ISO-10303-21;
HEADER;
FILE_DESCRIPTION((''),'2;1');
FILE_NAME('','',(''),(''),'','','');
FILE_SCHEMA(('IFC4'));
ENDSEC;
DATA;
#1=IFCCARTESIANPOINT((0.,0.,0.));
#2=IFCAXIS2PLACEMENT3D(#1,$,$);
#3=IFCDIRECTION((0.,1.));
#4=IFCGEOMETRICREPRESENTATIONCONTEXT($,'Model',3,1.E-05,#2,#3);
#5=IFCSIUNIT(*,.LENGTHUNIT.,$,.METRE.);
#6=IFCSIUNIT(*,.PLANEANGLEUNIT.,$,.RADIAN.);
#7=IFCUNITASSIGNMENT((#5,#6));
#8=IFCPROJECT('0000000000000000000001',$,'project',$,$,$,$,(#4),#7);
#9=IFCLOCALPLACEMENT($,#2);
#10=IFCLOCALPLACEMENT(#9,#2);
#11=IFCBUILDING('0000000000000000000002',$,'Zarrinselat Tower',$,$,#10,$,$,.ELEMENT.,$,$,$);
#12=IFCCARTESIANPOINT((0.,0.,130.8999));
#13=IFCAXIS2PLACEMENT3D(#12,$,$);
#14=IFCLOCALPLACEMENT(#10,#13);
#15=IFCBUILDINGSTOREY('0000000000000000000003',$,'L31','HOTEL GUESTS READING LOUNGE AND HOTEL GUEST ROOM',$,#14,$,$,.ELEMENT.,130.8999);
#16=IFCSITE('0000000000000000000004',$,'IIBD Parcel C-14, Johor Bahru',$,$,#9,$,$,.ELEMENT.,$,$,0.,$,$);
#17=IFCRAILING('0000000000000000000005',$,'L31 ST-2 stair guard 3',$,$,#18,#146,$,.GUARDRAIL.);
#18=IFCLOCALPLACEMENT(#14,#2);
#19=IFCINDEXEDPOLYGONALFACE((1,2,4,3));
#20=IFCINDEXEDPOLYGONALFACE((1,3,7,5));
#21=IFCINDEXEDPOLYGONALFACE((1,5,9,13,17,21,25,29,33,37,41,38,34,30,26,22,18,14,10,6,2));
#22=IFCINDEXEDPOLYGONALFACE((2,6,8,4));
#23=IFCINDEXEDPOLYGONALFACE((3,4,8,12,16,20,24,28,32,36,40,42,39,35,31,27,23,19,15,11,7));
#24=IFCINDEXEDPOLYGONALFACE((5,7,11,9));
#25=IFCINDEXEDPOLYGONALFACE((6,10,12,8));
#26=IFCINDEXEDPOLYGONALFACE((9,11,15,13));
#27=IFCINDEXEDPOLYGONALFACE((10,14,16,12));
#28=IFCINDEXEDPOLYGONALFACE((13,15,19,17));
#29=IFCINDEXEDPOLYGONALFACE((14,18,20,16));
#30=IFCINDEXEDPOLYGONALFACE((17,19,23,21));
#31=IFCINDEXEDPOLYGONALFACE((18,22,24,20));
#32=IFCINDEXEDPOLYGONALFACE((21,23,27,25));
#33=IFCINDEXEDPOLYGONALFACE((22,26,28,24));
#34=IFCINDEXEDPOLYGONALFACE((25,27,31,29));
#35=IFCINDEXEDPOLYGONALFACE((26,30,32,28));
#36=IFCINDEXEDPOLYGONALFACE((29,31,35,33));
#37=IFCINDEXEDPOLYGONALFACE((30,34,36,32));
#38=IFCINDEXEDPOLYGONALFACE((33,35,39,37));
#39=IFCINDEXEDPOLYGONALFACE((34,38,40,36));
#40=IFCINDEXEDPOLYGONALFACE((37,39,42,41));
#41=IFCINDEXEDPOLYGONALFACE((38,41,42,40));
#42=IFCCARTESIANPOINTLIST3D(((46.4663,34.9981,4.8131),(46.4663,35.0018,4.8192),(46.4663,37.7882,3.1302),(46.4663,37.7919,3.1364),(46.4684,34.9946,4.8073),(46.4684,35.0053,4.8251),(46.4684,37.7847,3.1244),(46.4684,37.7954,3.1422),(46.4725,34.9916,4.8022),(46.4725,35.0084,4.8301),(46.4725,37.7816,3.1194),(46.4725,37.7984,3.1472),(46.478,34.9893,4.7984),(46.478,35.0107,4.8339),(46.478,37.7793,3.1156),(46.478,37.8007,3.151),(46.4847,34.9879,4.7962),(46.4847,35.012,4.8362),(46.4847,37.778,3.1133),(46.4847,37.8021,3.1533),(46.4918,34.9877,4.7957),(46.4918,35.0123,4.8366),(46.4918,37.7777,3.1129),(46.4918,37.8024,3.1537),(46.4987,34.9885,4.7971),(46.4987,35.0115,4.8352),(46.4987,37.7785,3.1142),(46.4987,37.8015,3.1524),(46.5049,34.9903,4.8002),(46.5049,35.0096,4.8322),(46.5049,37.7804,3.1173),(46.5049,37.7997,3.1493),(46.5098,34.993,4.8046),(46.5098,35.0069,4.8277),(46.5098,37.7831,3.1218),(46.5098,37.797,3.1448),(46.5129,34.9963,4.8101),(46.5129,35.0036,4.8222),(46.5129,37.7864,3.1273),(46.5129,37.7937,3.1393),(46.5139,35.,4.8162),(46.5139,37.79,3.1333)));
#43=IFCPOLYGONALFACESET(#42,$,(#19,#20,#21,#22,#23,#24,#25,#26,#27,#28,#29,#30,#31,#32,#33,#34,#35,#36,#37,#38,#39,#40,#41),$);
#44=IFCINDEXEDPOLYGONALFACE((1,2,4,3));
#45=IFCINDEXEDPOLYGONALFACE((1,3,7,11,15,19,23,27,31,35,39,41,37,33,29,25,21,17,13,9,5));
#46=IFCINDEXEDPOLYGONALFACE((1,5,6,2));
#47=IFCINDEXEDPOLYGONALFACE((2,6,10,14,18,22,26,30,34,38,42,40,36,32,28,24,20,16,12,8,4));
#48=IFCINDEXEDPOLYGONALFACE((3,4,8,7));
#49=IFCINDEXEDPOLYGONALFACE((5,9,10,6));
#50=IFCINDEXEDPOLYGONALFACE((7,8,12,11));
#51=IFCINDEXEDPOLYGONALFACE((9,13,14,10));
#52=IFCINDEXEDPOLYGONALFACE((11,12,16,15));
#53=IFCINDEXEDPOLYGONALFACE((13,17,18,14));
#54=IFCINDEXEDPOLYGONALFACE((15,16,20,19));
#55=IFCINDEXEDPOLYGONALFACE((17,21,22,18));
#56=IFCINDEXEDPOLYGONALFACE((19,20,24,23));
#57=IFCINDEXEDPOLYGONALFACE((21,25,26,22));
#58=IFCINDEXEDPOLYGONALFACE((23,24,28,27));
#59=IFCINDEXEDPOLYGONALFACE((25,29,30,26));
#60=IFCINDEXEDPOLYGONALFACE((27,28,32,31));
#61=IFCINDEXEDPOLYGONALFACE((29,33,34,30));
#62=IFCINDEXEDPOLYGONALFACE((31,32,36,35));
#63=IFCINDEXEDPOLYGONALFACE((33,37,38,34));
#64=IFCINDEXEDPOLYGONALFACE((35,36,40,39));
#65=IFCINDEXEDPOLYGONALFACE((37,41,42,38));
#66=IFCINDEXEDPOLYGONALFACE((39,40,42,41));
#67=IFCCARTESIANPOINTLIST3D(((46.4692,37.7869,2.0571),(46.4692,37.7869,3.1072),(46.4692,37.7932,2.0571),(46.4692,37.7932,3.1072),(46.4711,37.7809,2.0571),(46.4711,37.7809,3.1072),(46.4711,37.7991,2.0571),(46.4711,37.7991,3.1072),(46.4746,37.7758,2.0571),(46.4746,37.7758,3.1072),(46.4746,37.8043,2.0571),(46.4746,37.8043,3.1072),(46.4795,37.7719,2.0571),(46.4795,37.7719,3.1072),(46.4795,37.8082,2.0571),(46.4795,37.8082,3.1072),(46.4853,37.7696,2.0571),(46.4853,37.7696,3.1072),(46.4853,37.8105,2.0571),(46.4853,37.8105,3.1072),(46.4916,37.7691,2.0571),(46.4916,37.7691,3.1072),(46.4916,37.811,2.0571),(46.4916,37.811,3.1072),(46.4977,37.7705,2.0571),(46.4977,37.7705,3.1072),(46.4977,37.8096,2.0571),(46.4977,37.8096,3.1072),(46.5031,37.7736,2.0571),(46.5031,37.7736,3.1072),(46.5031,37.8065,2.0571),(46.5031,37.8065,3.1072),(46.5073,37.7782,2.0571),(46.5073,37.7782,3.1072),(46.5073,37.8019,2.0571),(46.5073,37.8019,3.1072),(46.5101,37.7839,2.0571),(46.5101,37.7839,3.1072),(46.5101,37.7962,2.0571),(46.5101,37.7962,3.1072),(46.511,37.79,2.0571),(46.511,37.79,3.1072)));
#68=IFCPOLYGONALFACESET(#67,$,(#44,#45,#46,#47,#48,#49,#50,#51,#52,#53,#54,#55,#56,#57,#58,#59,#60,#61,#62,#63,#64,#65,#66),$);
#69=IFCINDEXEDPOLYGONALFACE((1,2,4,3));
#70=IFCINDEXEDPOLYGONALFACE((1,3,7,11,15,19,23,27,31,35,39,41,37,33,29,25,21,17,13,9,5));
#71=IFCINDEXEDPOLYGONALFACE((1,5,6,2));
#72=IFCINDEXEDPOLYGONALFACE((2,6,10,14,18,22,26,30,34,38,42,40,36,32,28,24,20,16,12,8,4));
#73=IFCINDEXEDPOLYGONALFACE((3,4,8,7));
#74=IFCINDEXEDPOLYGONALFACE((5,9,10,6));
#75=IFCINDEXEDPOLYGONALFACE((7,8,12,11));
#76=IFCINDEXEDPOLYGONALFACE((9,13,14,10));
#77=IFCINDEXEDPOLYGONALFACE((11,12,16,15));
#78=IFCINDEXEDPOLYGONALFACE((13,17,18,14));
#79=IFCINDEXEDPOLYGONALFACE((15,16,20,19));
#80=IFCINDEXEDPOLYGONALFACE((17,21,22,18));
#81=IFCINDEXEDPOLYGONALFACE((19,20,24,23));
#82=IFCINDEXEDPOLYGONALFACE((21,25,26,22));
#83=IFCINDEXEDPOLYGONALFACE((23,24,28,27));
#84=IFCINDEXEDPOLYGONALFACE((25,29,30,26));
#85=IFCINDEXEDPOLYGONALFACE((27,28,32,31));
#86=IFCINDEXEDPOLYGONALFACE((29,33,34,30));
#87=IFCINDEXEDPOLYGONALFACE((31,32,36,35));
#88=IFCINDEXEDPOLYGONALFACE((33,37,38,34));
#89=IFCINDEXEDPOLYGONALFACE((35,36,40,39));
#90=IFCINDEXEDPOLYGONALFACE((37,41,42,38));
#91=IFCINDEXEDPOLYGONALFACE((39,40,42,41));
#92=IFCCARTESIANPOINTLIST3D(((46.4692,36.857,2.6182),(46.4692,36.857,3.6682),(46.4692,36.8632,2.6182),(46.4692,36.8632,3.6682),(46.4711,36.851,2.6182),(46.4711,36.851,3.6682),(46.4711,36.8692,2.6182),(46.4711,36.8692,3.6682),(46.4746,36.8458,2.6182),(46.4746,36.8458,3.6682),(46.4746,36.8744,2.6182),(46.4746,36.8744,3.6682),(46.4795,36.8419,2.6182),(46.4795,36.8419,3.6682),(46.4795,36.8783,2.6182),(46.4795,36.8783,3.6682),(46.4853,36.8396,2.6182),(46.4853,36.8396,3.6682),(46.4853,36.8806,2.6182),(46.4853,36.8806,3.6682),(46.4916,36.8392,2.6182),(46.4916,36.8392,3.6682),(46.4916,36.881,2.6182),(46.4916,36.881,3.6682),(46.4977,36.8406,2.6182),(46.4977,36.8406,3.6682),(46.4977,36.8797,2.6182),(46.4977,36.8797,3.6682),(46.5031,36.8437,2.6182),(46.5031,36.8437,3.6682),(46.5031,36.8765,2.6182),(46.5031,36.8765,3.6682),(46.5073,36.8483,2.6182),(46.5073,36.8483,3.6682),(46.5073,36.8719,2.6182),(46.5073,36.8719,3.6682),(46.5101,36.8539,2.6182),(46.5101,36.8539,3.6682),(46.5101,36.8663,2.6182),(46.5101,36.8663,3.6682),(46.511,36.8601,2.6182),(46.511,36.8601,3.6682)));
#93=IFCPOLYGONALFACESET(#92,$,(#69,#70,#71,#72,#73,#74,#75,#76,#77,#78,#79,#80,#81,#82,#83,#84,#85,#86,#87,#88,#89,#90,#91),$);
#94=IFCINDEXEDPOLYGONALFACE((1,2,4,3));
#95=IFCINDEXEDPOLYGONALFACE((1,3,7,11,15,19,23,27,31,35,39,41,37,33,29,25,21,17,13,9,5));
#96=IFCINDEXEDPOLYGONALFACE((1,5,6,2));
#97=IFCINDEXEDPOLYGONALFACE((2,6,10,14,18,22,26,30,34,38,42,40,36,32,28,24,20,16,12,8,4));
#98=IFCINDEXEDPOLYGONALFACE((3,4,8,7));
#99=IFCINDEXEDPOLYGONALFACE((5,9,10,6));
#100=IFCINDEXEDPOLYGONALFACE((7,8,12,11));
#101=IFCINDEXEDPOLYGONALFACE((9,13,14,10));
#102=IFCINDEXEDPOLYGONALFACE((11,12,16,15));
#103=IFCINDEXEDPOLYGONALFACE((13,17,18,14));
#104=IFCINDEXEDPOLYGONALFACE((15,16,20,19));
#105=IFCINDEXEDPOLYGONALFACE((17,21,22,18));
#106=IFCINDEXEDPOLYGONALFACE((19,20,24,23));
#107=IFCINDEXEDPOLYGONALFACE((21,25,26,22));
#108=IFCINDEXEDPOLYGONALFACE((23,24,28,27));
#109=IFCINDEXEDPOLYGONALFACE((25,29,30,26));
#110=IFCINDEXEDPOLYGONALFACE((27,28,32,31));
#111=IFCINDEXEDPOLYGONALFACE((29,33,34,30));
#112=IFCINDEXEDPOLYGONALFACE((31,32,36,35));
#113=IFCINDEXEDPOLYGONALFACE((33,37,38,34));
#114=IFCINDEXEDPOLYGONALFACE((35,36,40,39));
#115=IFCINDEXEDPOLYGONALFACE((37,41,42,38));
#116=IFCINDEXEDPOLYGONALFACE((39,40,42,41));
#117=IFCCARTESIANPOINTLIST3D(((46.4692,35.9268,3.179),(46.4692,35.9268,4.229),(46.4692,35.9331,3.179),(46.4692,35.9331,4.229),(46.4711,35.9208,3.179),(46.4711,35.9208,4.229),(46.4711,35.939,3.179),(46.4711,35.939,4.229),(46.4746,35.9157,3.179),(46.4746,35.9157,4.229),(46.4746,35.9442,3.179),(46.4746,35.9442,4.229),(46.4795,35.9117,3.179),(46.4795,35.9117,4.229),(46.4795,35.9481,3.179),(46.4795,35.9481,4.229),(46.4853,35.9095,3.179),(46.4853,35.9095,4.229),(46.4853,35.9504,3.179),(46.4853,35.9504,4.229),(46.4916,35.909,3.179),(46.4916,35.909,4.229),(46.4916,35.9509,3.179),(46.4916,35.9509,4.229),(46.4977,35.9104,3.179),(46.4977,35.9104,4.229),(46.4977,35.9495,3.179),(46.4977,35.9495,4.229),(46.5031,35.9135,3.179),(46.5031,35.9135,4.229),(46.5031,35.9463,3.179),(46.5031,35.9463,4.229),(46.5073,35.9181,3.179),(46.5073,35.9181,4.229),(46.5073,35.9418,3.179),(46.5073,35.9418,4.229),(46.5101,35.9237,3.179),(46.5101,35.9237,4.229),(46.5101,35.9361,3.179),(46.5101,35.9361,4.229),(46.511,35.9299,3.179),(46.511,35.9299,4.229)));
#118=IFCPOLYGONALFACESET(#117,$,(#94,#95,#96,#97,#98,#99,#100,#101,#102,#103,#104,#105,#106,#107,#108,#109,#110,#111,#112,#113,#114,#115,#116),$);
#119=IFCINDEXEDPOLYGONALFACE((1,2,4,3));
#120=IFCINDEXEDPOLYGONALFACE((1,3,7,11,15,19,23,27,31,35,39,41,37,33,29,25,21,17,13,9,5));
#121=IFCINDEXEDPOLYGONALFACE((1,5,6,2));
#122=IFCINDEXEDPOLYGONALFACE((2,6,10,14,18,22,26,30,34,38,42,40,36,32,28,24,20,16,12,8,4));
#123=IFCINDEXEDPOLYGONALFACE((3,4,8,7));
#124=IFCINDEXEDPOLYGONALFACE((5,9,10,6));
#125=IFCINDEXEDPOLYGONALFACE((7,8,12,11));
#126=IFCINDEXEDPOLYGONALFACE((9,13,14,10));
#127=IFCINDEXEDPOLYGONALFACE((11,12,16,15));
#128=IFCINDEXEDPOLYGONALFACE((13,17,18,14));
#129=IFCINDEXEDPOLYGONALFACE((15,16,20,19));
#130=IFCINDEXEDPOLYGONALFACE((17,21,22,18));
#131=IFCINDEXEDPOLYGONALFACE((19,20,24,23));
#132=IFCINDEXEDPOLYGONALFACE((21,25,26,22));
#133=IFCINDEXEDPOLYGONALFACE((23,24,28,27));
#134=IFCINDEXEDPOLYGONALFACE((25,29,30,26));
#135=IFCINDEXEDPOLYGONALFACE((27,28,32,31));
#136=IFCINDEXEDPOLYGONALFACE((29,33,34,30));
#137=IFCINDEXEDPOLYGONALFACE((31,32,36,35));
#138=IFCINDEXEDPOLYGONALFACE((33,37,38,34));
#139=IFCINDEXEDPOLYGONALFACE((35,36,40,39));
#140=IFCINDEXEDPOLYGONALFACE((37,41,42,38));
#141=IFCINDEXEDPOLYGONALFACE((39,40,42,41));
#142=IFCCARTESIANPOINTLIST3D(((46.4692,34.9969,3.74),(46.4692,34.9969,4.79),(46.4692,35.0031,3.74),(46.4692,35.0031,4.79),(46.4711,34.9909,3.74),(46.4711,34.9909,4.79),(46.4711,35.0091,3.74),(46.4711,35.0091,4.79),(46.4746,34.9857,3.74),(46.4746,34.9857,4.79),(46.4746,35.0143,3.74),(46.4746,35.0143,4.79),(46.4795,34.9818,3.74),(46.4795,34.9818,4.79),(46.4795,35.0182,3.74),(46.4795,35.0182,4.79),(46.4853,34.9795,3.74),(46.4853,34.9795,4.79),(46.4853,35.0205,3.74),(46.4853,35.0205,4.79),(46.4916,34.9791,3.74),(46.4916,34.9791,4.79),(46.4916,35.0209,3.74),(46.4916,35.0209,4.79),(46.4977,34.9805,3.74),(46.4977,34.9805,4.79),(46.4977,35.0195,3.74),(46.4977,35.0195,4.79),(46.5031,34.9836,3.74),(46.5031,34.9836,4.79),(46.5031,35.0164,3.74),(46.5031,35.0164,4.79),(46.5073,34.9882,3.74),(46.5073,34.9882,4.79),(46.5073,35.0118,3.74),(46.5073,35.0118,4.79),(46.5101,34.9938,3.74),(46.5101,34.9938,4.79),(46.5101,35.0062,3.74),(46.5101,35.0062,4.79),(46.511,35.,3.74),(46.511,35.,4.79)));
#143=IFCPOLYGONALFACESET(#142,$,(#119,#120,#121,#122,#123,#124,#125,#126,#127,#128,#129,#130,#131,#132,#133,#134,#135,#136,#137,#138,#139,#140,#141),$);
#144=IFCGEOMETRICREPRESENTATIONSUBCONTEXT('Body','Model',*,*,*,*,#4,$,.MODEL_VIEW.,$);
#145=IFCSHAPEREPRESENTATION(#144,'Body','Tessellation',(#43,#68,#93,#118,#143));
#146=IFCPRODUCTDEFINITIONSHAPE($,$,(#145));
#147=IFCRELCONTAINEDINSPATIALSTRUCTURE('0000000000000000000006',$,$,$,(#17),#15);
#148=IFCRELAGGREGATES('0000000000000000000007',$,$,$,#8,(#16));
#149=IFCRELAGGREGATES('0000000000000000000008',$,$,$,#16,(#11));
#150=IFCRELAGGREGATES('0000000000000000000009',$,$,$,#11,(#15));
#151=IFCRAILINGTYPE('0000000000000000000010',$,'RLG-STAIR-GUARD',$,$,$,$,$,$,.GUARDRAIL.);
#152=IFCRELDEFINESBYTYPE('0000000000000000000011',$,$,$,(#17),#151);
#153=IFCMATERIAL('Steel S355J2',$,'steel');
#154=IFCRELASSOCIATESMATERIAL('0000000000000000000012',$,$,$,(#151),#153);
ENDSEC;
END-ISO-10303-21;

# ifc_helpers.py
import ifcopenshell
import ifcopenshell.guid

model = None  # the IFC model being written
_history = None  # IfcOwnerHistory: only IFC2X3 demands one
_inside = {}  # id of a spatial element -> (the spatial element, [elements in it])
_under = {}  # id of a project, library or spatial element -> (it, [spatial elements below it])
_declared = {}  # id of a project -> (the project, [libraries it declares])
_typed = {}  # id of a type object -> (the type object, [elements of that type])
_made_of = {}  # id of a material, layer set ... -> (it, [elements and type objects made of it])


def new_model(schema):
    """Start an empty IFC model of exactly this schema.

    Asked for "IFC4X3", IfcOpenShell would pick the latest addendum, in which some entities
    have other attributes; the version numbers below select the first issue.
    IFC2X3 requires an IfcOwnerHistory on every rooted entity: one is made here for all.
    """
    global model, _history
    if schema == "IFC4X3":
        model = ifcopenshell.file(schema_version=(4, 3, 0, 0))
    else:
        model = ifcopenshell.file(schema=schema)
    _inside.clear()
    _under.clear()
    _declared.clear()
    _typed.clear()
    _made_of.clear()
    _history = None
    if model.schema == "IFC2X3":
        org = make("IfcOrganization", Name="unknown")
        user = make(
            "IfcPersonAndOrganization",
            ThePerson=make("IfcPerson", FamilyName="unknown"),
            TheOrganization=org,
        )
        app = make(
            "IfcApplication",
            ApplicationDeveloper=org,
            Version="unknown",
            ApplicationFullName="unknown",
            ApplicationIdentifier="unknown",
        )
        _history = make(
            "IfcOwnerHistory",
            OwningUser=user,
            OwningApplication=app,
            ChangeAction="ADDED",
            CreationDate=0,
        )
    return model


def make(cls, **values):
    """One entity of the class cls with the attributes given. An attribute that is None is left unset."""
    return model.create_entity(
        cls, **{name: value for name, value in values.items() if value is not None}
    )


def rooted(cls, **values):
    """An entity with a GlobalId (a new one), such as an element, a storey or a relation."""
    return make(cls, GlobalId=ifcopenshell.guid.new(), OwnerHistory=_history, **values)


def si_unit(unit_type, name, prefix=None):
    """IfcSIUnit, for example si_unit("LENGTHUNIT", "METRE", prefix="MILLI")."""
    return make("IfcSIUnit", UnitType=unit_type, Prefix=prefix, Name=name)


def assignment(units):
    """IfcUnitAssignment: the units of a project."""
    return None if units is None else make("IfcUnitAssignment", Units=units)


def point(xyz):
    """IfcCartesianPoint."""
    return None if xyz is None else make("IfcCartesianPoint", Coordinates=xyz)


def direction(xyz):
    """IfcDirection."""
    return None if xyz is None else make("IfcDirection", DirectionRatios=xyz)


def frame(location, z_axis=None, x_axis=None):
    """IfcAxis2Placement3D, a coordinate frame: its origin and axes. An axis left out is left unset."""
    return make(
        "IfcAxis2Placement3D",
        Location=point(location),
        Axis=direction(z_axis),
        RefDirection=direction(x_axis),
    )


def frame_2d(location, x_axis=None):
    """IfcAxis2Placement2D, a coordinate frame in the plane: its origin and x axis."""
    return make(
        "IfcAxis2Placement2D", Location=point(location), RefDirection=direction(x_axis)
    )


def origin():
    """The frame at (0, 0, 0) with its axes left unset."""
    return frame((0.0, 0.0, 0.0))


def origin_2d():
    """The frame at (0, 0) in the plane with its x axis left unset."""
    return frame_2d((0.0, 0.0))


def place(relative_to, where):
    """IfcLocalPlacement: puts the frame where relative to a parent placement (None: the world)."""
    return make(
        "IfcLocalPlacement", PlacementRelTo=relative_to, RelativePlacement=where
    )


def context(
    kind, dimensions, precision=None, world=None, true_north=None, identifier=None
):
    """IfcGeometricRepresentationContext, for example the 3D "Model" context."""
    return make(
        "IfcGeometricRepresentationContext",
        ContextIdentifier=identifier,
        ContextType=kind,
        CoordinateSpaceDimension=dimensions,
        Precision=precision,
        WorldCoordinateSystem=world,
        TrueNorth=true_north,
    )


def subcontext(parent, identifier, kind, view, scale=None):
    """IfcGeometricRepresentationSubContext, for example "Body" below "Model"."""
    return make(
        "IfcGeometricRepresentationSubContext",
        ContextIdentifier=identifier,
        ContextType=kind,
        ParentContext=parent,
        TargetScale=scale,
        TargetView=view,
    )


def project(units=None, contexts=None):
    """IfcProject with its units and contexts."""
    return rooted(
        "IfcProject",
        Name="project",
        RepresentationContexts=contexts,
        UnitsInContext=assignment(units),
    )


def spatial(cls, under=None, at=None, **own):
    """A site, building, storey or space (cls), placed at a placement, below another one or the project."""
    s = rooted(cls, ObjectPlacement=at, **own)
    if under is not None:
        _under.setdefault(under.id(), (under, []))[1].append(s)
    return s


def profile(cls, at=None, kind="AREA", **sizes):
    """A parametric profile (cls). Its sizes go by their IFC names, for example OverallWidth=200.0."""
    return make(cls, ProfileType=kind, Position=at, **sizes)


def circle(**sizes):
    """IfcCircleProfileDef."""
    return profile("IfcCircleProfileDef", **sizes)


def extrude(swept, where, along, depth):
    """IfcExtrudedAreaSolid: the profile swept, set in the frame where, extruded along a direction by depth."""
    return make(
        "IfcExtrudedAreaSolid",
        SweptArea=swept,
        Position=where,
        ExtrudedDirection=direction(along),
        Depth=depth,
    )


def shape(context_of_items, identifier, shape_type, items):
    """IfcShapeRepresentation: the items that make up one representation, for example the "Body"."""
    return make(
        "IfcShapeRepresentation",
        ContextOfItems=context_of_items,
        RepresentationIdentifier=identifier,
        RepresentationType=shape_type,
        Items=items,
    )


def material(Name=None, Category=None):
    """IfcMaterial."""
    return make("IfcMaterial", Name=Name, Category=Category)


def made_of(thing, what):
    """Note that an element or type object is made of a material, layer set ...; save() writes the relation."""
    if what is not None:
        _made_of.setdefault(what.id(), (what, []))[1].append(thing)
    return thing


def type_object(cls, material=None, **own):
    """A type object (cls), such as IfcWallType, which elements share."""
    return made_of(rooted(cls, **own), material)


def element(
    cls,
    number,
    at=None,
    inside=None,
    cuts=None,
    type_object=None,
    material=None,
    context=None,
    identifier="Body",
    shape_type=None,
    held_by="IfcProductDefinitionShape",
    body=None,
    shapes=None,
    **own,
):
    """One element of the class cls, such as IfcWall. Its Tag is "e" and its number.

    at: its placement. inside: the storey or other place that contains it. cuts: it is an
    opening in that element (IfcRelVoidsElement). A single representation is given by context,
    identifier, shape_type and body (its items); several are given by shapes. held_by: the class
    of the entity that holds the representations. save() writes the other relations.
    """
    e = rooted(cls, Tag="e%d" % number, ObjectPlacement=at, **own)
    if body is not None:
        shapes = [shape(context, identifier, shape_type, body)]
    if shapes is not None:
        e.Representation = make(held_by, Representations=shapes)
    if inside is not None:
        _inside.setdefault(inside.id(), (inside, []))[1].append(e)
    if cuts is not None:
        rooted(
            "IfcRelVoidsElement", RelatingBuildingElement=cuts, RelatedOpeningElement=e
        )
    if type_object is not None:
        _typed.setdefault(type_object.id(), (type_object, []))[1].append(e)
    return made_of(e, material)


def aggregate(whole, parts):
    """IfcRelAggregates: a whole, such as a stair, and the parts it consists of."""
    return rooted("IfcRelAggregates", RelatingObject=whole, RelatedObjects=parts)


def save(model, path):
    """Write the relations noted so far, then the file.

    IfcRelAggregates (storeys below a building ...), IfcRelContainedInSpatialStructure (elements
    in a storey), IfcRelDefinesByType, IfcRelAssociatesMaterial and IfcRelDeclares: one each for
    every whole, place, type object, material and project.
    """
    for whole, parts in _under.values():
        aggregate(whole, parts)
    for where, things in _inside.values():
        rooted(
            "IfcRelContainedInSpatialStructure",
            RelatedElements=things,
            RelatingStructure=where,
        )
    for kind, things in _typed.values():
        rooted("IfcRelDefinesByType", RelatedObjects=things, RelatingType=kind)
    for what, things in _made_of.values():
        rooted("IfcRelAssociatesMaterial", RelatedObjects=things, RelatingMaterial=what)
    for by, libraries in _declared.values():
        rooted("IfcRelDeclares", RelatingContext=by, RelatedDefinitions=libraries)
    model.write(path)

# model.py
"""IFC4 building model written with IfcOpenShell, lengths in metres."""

from ifc_helpers import new_model, si_unit, direction, frame, origin, origin_2d, place, context, subcontext, project, spatial, circle, extrude, material, type_object, element, save


model = new_model("IFC4")

# Units and contexts
model_context = context("Model", 3, precision=1e-05, world=origin(), true_north=direction((0.0, 1.0)))
body_context = subcontext(model_context, "Body", "Model", "MODEL_VIEW")
ifc_project = project(units=[si_unit("LENGTHUNIT", "METRE"), si_unit("PLANEANGLEUNIT", "RADIAN")], contexts=[model_context])

# Site, building, storey
site_placement = place(None, origin())
site = spatial("IfcSite", under=ifc_project, at=site_placement, Name="IIBD Parcel C-14, Johor Bahru", CompositionType="ELEMENT", RefElevation=0.0)
building_placement = place(site_placement, origin())
building = spatial("IfcBuilding", under=site, at=building_placement, Name="Zarrinselat Tower", CompositionType="ELEMENT")
storey_placement = place(building_placement, frame((0.0, 0.0, 130.8999)))
storey = spatial("IfcBuildingStorey", under=building, at=storey_placement, Name="L31", Description="HOTEL GUESTS READING LOUNGE AND HOTEL GUEST ROOM", CompositionType="ELEMENT", Elevation=130.8999)

# Railing
ifc_material_1 = material(Name="Steel S355J2", Category="steel")
railing_type_1 = type_object("IfcRailingType", Name="RLG-STAIR-GUARD", PredefinedType="GUARDRAIL", material=ifc_material_1)
railing_1_placement = place(storey_placement, frame((46.49, 37.79, 2.0571)))
element("IfcRailing", 1, at=railing_1_placement, inside=storey, type_object=railing_type_1, Name="L31 ST-2 stair guard 3", PredefinedType="GUARDRAIL", context=body_context, shape_type="SweptSolid", body=[
    extrude(circle(Radius=0.0239, at=origin_2d()), frame((0.0, 0.0, 1.0762), z_axis=(0.0, -0.856294, 0.516489), x_axis=(1.0, 0.0, 0.0)), (0.0, 0.0, 1.0), 3.2583),
    extrude(circle(Radius=0.021, at=origin_2d()), origin(), (0.0, 0.0, 1.0), 1.05),
    extrude(circle(Radius=0.021, at=origin_2d()), frame((0.0, -0.9299, 0.561)), (0.0, 0.0, 1.0), 1.05),
    extrude(circle(Radius=0.021, at=origin_2d()), frame((0.0, -1.8601, 1.1218)), (0.0, 0.0, 1.0), 1.05),
    extrude(circle(Radius=0.021, at=origin_2d()), frame((0.0, -2.79, 1.6829)), (0.0, 0.0, 1.0), 1.05),
])

save(model, "model.ifc")
